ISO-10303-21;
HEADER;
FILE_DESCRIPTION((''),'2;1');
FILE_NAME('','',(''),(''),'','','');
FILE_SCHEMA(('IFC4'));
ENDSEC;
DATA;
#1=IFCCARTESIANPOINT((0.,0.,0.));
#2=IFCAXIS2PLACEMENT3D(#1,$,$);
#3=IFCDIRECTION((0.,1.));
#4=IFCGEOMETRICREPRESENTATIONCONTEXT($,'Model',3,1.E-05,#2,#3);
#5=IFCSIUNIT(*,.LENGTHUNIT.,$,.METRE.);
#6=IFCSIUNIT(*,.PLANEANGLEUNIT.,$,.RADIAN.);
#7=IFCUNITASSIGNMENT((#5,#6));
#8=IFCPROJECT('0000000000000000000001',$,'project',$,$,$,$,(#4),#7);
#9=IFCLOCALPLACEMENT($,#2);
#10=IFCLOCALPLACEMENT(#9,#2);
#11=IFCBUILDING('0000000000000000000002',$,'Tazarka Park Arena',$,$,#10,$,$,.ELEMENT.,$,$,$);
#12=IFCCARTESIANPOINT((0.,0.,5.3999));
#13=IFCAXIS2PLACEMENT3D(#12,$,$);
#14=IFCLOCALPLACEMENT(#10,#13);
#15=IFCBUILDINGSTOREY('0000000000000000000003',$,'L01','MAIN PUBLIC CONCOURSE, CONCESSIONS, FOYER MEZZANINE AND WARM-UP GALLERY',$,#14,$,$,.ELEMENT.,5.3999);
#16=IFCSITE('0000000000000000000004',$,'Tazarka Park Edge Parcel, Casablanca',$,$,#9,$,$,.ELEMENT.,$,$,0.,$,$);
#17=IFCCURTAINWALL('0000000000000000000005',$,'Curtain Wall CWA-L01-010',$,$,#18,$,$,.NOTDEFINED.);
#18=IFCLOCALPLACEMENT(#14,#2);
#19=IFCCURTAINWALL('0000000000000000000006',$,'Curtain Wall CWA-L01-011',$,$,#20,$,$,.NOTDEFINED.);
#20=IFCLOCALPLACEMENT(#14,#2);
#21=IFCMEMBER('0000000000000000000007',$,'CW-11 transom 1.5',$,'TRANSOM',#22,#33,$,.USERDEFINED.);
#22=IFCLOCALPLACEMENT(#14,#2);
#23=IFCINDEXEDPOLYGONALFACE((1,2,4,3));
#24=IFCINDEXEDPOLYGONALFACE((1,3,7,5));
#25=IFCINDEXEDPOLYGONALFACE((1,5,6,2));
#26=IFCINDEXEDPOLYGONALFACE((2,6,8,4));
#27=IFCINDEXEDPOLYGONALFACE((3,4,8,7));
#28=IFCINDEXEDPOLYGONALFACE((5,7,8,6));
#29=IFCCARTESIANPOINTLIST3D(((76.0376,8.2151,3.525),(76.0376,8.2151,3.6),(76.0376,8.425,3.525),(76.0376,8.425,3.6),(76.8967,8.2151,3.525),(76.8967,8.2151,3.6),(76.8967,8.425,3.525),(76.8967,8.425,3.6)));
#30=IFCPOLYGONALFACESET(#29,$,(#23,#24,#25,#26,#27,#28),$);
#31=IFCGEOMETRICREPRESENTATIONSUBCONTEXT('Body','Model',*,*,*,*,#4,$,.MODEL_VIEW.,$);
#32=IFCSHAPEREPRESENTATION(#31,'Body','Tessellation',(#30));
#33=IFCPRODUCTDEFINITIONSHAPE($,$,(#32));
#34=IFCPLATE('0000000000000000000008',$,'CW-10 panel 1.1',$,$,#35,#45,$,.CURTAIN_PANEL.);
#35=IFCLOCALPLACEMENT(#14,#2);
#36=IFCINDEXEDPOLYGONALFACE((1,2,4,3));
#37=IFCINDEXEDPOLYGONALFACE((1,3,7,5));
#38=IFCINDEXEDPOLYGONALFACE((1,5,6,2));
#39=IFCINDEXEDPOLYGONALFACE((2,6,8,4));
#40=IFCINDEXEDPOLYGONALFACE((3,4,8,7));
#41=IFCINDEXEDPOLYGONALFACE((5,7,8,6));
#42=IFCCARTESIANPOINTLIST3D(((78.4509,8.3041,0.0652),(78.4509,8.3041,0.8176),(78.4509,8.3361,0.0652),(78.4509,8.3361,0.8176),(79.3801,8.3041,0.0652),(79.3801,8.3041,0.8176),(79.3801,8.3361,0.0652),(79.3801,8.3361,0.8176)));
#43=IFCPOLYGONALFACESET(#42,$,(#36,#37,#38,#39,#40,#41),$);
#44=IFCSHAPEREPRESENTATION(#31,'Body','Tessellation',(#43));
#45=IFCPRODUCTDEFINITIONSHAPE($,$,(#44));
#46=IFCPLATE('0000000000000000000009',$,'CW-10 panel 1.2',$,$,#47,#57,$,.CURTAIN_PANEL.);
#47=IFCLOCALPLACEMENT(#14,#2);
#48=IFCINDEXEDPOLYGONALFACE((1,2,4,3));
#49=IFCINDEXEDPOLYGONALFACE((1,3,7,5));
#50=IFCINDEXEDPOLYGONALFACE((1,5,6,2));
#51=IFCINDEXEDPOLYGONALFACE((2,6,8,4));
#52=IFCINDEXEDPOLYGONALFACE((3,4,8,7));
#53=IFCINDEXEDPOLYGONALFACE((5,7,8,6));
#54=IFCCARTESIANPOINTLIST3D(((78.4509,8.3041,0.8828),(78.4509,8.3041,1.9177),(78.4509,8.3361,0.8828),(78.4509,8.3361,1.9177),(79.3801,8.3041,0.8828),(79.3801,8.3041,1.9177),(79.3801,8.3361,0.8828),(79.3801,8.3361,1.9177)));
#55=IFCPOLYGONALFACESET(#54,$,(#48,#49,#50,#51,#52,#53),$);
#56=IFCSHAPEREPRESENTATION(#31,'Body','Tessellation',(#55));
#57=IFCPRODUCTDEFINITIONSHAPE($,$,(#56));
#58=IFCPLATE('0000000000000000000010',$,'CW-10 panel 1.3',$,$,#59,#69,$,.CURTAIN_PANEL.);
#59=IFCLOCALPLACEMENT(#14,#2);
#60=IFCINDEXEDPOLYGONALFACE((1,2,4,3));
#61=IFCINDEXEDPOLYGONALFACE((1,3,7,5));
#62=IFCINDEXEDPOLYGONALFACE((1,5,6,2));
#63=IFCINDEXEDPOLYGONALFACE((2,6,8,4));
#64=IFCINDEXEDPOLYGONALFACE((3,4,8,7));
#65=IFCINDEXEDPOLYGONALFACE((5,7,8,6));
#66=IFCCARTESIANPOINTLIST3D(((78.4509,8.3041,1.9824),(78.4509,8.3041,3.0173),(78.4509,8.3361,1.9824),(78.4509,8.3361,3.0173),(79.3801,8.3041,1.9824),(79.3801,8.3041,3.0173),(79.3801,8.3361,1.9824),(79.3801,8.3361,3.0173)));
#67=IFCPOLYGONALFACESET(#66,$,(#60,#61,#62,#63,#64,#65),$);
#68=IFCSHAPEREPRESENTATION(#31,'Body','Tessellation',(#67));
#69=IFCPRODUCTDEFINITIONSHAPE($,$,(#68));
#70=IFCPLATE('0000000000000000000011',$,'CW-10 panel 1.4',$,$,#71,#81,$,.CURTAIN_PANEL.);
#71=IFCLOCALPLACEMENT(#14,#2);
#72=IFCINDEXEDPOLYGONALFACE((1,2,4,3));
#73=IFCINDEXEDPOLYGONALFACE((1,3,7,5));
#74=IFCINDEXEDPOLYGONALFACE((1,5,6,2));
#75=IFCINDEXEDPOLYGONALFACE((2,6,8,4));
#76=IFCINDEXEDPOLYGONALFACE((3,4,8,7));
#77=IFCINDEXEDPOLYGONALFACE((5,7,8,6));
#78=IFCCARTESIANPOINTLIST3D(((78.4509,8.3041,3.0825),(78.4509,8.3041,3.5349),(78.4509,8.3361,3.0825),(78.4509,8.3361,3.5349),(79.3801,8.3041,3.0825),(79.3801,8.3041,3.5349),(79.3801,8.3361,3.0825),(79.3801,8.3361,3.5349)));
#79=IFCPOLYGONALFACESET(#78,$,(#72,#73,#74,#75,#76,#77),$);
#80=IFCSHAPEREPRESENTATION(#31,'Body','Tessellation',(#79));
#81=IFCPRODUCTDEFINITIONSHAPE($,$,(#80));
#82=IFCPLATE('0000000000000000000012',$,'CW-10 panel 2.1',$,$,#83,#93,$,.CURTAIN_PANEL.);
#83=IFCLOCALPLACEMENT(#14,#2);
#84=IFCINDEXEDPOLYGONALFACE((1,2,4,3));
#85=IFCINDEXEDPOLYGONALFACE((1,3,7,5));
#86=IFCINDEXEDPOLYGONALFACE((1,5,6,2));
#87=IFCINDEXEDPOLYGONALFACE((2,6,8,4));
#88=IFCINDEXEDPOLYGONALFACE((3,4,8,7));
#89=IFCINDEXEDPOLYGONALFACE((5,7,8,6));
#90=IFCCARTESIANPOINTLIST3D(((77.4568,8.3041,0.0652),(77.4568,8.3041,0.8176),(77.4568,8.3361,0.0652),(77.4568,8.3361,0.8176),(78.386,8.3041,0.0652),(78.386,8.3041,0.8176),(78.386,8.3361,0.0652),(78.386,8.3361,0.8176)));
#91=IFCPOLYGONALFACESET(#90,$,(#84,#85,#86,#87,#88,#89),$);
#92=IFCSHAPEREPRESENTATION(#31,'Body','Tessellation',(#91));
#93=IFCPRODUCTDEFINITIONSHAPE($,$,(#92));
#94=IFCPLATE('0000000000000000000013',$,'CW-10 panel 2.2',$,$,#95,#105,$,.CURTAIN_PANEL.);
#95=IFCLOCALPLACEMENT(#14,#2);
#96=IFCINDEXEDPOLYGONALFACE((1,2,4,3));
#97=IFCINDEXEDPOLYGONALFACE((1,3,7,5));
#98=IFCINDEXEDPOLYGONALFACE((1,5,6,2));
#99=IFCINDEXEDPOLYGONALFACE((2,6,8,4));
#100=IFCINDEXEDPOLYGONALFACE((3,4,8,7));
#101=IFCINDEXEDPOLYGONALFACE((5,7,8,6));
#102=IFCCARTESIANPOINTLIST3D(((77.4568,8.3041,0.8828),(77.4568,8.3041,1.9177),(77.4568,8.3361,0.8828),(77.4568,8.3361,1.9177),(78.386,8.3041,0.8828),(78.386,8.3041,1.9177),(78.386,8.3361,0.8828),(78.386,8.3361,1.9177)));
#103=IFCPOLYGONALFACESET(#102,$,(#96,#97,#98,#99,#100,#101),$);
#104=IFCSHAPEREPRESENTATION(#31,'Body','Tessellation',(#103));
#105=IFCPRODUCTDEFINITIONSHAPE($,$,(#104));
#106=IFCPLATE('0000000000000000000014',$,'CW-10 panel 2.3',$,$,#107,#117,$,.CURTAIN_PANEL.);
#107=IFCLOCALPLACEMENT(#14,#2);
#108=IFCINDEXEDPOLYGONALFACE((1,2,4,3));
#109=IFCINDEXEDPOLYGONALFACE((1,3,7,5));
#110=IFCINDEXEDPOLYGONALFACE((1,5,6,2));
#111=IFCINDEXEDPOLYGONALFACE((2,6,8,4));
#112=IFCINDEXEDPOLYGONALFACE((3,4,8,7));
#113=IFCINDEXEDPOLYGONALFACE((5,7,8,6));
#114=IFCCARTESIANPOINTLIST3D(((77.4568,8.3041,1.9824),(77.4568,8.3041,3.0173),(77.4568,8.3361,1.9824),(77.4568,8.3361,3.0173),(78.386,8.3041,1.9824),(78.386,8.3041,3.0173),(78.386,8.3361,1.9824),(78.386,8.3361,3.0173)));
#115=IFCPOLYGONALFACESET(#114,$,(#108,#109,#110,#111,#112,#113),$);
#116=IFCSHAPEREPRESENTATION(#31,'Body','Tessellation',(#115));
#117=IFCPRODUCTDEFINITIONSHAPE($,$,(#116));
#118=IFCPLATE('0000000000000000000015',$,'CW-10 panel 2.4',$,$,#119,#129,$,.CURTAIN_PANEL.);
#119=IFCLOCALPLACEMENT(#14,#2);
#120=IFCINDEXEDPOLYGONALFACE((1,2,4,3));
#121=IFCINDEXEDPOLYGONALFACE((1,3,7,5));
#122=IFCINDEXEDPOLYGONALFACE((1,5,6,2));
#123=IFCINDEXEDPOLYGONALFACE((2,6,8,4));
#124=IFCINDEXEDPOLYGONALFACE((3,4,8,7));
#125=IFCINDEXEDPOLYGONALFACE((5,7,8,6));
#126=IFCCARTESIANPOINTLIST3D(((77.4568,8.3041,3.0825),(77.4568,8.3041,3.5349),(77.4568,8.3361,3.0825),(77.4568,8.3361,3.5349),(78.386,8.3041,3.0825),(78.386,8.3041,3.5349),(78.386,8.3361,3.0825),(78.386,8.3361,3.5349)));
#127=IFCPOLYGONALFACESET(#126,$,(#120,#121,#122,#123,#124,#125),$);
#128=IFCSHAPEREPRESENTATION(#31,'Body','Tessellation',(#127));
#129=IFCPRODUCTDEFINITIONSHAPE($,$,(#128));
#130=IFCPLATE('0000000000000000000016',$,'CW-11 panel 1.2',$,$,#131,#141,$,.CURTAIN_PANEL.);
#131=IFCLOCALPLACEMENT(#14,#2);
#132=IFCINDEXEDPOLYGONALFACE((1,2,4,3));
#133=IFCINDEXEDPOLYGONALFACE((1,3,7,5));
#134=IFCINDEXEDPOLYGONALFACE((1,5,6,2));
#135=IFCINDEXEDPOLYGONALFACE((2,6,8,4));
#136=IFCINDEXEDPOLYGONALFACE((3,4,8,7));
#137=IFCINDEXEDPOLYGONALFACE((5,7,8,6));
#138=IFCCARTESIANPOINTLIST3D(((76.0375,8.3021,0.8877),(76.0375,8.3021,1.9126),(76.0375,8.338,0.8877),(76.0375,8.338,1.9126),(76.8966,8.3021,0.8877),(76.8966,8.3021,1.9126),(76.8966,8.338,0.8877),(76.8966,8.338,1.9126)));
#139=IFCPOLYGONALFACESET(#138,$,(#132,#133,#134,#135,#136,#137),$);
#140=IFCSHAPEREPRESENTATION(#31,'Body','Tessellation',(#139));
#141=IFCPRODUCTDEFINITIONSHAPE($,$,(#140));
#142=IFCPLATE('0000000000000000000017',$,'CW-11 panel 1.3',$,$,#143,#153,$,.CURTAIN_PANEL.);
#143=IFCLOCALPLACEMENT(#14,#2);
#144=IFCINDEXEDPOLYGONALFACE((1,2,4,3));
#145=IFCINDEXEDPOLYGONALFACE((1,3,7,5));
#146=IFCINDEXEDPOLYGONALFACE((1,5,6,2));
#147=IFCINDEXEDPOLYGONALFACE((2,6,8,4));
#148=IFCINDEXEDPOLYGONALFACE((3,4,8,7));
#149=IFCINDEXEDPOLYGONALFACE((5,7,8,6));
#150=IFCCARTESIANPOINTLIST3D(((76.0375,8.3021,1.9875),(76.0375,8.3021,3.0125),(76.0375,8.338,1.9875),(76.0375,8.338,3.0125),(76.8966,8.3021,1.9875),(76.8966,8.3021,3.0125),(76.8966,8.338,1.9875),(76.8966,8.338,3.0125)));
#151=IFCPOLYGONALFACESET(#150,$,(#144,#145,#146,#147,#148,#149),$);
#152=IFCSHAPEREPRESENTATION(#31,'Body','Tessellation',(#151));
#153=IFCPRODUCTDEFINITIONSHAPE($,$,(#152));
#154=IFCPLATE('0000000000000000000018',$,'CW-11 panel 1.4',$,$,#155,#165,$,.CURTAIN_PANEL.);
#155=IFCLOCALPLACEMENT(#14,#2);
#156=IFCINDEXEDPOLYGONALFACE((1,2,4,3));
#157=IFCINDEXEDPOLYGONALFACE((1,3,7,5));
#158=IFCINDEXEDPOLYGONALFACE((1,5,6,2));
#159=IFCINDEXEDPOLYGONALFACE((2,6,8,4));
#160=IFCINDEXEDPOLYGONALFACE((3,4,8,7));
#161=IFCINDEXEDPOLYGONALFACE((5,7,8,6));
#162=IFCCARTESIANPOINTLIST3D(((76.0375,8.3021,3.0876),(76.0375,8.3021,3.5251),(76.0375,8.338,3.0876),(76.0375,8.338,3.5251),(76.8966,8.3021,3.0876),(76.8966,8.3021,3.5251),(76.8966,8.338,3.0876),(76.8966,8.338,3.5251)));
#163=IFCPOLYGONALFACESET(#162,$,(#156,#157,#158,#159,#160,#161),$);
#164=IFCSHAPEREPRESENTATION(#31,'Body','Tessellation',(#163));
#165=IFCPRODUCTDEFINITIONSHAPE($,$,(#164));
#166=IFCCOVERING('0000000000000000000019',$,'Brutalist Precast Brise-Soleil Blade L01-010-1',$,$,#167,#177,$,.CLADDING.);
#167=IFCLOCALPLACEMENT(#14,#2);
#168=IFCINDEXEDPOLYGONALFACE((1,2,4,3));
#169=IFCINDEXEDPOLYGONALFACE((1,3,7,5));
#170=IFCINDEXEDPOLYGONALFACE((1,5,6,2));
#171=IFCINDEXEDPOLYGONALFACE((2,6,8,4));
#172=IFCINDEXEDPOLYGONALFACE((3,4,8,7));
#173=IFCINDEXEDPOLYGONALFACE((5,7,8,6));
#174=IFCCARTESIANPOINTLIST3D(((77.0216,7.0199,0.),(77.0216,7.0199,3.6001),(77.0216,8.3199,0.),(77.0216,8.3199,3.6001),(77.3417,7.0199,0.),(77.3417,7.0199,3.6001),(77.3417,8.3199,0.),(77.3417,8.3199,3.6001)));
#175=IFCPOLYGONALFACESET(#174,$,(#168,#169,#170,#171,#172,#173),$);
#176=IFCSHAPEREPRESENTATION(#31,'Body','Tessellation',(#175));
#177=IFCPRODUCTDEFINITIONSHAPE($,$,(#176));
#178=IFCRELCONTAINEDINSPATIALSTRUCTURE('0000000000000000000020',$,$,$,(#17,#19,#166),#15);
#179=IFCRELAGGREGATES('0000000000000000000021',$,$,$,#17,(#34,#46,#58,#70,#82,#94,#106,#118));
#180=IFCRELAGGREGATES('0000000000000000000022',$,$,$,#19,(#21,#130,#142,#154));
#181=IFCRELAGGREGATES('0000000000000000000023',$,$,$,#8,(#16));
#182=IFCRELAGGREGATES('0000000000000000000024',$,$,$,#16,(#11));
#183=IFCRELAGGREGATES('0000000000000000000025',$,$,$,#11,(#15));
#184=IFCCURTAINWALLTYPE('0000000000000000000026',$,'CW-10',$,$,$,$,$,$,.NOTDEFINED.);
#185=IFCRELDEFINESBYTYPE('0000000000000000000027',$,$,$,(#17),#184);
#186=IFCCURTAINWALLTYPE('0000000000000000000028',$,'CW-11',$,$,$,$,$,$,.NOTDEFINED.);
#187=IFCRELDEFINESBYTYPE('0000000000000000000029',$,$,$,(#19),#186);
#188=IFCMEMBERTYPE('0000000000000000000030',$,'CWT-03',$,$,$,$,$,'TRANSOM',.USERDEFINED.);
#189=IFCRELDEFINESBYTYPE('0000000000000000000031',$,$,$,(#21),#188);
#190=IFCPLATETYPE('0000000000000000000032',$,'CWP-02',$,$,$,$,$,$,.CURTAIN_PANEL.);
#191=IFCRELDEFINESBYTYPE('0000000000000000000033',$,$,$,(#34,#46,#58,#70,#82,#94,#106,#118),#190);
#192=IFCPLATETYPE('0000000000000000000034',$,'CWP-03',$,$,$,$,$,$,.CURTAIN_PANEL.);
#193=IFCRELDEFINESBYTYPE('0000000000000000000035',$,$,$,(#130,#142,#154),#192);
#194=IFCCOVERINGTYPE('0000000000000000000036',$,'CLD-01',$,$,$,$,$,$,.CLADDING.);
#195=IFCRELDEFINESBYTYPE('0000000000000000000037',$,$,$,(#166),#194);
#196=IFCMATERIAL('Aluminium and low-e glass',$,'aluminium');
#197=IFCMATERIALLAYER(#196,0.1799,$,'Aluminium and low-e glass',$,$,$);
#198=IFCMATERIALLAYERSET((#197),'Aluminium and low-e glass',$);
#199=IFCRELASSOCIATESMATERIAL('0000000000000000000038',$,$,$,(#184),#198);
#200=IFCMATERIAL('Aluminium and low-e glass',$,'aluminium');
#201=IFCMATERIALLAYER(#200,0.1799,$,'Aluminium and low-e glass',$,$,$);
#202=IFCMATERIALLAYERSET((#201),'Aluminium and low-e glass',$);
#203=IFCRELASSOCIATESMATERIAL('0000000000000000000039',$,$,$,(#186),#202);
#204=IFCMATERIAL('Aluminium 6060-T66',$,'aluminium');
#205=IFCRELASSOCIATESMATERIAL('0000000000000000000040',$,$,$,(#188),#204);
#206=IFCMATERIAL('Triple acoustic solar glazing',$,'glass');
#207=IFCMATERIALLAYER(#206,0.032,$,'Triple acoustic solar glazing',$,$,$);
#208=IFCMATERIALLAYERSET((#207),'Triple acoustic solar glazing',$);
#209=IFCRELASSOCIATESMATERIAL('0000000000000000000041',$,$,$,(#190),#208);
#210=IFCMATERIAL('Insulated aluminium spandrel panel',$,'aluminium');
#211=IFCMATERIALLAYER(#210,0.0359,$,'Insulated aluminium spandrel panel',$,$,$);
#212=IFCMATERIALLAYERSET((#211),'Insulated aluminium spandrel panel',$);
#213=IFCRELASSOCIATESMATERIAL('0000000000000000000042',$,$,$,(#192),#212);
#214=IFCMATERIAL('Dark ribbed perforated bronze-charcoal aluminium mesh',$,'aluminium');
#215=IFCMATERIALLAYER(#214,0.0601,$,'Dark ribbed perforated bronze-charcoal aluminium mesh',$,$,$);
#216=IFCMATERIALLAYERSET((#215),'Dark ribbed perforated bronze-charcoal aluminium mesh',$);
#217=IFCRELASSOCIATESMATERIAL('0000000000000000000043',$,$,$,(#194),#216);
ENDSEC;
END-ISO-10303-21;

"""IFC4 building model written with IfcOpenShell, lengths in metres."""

from ifc_helpers import new_model, si_unit, direction, frame, origin, origin_2d, place, context, subcontext, project, spatial, rectangle, extrude, material, layer, layer_set, material_profile, profile_set, type_object, element, aggregate, save


model = new_model("IFC4")

# Units and contexts
model_context = context("Model", 3, precision=1e-05, world=origin(), true_north=direction((0.0, 1.0)))
body_context = subcontext(model_context, "Body", "Model", "MODEL_VIEW")
ifc_project = project(units=[si_unit("LENGTHUNIT", "METRE"), si_unit("PLANEANGLEUNIT", "RADIAN")], contexts=[model_context])

# Site, building, storey
site_placement = place(None, origin())
site = spatial("IfcSite", under=ifc_project, at=site_placement, Name="Tazarka Park Edge Parcel, Casablanca", CompositionType="ELEMENT", RefElevation=0.0)
building_placement = place(site_placement, origin())
building = spatial("IfcBuilding", under=site, at=building_placement, Name="Tazarka Park Arena", CompositionType="ELEMENT")
storey_placement = place(building_placement, frame((0.0, 0.0, 5.3999)))
storey = spatial("IfcBuildingStorey", under=building, at=storey_placement, Name="L01", Description="MAIN PUBLIC CONCOURSE, CONCESSIONS, FOYER MEZZANINE AND WARM-UP GALLERY", CompositionType="ELEMENT", Elevation=5.3999)

# Curtain wall
ifc_material_1 = material(Name="Aluminium and low-e glass", Category="aluminium")
ifc_layer_1 = layer(ifc_material_1, 0.1799, Name="Aluminium and low-e glass")
ifc_layer_set_1 = layer_set([ifc_layer_1], Name="Aluminium and low-e glass")
curtain_wall_type_1 = type_object("IfcCurtainWallType", Name="CW-10", PredefinedType="NOTDEFINED", material=ifc_layer_set_1)
curtain_wall_1_placement = place(storey_placement, origin())
curtain_wall_1 = element("IfcCurtainWall", 1, at=curtain_wall_1_placement, inside=storey, type_object=curtain_wall_type_1, Name="Curtain Wall CWA-L01-010", PredefinedType="NOTDEFINED")

# Curtain wall
ifc_material_2 = material(Name="Aluminium and low-e glass", Category="aluminium")
ifc_layer_2 = layer(ifc_material_2, 0.1799, Name="Aluminium and low-e glass")
ifc_layer_set_2 = layer_set([ifc_layer_2], Name="Aluminium and low-e glass")
curtain_wall_type_2 = type_object("IfcCurtainWallType", Name="CW-11", PredefinedType="NOTDEFINED", material=ifc_layer_set_2)
curtain_wall_2_placement = place(storey_placement, origin())
curtain_wall_2 = element("IfcCurtainWall", 2, at=curtain_wall_2_placement, inside=storey, type_object=curtain_wall_type_2, Name="Curtain Wall CWA-L01-011", PredefinedType="NOTDEFINED")

# Member
ifc_material_3 = material(Name="Aluminium 6060-T66", Category="aluminium")
ifc_material_profile_1 = material_profile(ifc_material_3, rectangle(XDim=0.21, YDim=0.075, at=origin_2d()), Name="Aluminium 6060-T66")
ifc_profile_set_1 = profile_set([ifc_material_profile_1], Name="Aluminium 6060-T66")
member_type_1 = type_object("IfcMemberType", Name="CWT-03", ElementType="TRANSOM", PredefinedType="USERDEFINED", material=ifc_profile_set_1)
member_1_placement = place(storey_placement, frame((76.8967, 8.3201, 3.5625), z_axis=(-1.0, 0.0, 0.0), x_axis=(0.0, -1.0, 0.0)))
member_1 = element("IfcMember", 3, at=member_1_placement, type_object=member_type_1, Name="CW-11 transom 1.5", ObjectType="TRANSOM", PredefinedType="USERDEFINED", context=body_context, shape_type="SweptSolid", body=[
    extrude(rectangle(XDim=0.21, YDim=0.075, at=origin_2d()), origin(), (0.0, 0.0, 1.0), 0.8591),
])

# Plates
ifc_material_4 = material(Name="Triple acoustic solar glazing", Category="glass")
ifc_layer_3 = layer(ifc_material_4, 0.032, Name="Triple acoustic solar glazing")
ifc_layer_set_3 = layer_set([ifc_layer_3], Name="Triple acoustic solar glazing")
plate_type_1 = type_object("IfcPlateType", Name="CWP-02", PredefinedType="CURTAIN_PANEL", material=ifc_layer_set_3)
plate_1_placement = place(storey_placement, frame((78.9155, 8.3201, 0.0652), z_axis=(0.0, 0.0, 1.0), x_axis=(-1.0, 0.0, 0.0)))
plate_1 = element("IfcPlate", 4, at=plate_1_placement, type_object=plate_type_1, Name="CW-10 panel 1.1", PredefinedType="CURTAIN_PANEL", context=body_context, shape_type="SweptSolid", body=[
    extrude(rectangle(XDim=0.9292, YDim=0.032, at=origin_2d()), origin(), (0.0, 0.0, 1.0), 0.7524),
])
plate_2_placement = place(storey_placement, frame((78.9155, 8.3201, 0.8828), z_axis=(0.0, 0.0, 1.0), x_axis=(-1.0, 0.0, 0.0)))
plate_2 = element("IfcPlate", 5, at=plate_2_placement, type_object=plate_type_1, Name="CW-10 panel 1.2", PredefinedType="CURTAIN_PANEL", context=body_context, shape_type="SweptSolid", body=[
    extrude(rectangle(XDim=0.9292, YDim=0.032, at=origin_2d()), origin(), (0.0, 0.0, 1.0), 1.0349),
])
plate_3_placement = place(storey_placement, frame((78.9155, 8.3201, 1.9824), z_axis=(0.0, 0.0, 1.0), x_axis=(-1.0, 0.0, 0.0)))
plate_3 = element("IfcPlate", 6, at=plate_3_placement, type_object=plate_type_1, Name="CW-10 panel 1.3", PredefinedType="CURTAIN_PANEL", context=body_context, shape_type="SweptSolid", body=[
    extrude(rectangle(XDim=0.9292, YDim=0.032, at=origin_2d()), origin(), (0.0, 0.0, 1.0), 1.0349),
])
plate_4_placement = place(storey_placement, frame((78.9155, 8.3201, 3.0825), z_axis=(0.0, 0.0, 1.0), x_axis=(-1.0, 0.0, 0.0)))
plate_4 = element("IfcPlate", 7, at=plate_4_placement, type_object=plate_type_1, Name="CW-10 panel 1.4", PredefinedType="CURTAIN_PANEL", context=body_context, shape_type="SweptSolid", body=[
    extrude(rectangle(XDim=0.9292, YDim=0.032, at=origin_2d()), origin(), (0.0, 0.0, 1.0), 0.4524),
])
plate_5_placement = place(storey_placement, frame((77.9214, 8.3201, 0.0652), z_axis=(0.0, 0.0, 1.0), x_axis=(-1.0, 0.0, 0.0)))
plate_5 = element("IfcPlate", 8, at=plate_5_placement, type_object=plate_type_1, Name="CW-10 panel 2.1", PredefinedType="CURTAIN_PANEL", context=body_context, shape_type="SweptSolid", body=[
    extrude(rectangle(XDim=0.9292, YDim=0.032, at=origin_2d()), origin(), (0.0, 0.0, 1.0), 0.7524),
])
plate_6_placement = place(storey_placement, frame((77.9214, 8.3201, 0.8828), z_axis=(0.0, 0.0, 1.0), x_axis=(-1.0, 0.0, 0.0)))
plate_6 = element("IfcPlate", 9, at=plate_6_placement, type_object=plate_type_1, Name="CW-10 panel 2.2", PredefinedType="CURTAIN_PANEL", context=body_context, shape_type="SweptSolid", body=[
    extrude(rectangle(XDim=0.9292, YDim=0.032, at=origin_2d()), origin(), (0.0, 0.0, 1.0), 1.0349),
])
plate_7_placement = place(storey_placement, frame((77.9214, 8.3201, 1.9824), z_axis=(0.0, 0.0, 1.0), x_axis=(-1.0, 0.0, 0.0)))
plate_7 = element("IfcPlate", 10, at=plate_7_placement, type_object=plate_type_1, Name="CW-10 panel 2.3", PredefinedType="CURTAIN_PANEL", context=body_context, shape_type="SweptSolid", body=[
    extrude(rectangle(XDim=0.9292, YDim=0.032, at=origin_2d()), origin(), (0.0, 0.0, 1.0), 1.0349),
])
plate_8_placement = place(storey_placement, frame((77.9214, 8.3201, 3.0825), z_axis=(0.0, 0.0, 1.0), x_axis=(-1.0, 0.0, 0.0)))
plate_8 = element("IfcPlate", 11, at=plate_8_placement, type_object=plate_type_1, Name="CW-10 panel 2.4", PredefinedType="CURTAIN_PANEL", context=body_context, shape_type="SweptSolid", body=[
    extrude(rectangle(XDim=0.9292, YDim=0.032, at=origin_2d()), origin(), (0.0, 0.0, 1.0), 0.4524),
])
aggregate(curtain_wall_1, [plate_1, plate_2, plate_3, plate_4, plate_5, plate_6, plate_7, plate_8])
ifc_material_5 = material(Name="Insulated aluminium spandrel panel", Category="aluminium")
ifc_layer_4 = layer(ifc_material_5, 0.0359, Name="Insulated aluminium spandrel panel")
ifc_layer_set_4 = layer_set([ifc_layer_4], Name="Insulated aluminium spandrel panel")
plate_type_2 = type_object("IfcPlateType", Name="CWP-03", PredefinedType="CURTAIN_PANEL", material=ifc_layer_set_4)
plate_9_placement = place(storey_placement, frame((76.467, 8.3201, 0.8877), z_axis=(0.0, 0.0, 1.0), x_axis=(-1.0, 0.0, 0.0)))
plate_9 = element("IfcPlate", 12, at=plate_9_placement, type_object=plate_type_2, Name="CW-11 panel 1.2", PredefinedType="CURTAIN_PANEL", context=body_context, shape_type="SweptSolid", body=[
    extrude(rectangle(XDim=0.8591, YDim=0.0359, at=origin_2d()), origin(), (0.0, 0.0, 1.0), 1.0249),
])
plate_10_placement = place(storey_placement, frame((76.467, 8.3201, 1.9875), z_axis=(0.0, 0.0, 1.0), x_axis=(-1.0, 0.0, 0.0)))
plate_10 = element("IfcPlate", 13, at=plate_10_placement, type_object=plate_type_2, Name="CW-11 panel 1.3", PredefinedType="CURTAIN_PANEL", context=body_context, shape_type="SweptSolid", body=[
    extrude(rectangle(XDim=0.8591, YDim=0.0359, at=origin_2d()), origin(), (0.0, 0.0, 1.0), 1.0249),
])
plate_11_placement = place(storey_placement, frame((76.467, 8.3201, 3.0876), z_axis=(0.0, 0.0, 1.0), x_axis=(-1.0, 0.0, 0.0)))
plate_11 = element("IfcPlate", 14, at=plate_11_placement, type_object=plate_type_2, Name="CW-11 panel 1.4", PredefinedType="CURTAIN_PANEL", context=body_context, shape_type="SweptSolid", body=[
    extrude(rectangle(XDim=0.8591, YDim=0.0359, at=origin_2d()), origin(), (0.0, 0.0, 1.0), 0.4375),
])
aggregate(curtain_wall_2, [member_1, plate_9, plate_10, plate_11])

# Covering
ifc_material_6 = material(Name="Dark ribbed perforated bronze-charcoal aluminium mesh", Category="aluminium")
ifc_layer_5 = layer(ifc_material_6, 0.0601, Name="Dark ribbed perforated bronze-charcoal aluminium mesh")
ifc_layer_set_5 = layer_set([ifc_layer_5], Name="Dark ribbed perforated bronze-charcoal aluminium mesh")
covering_type = type_object("IfcCoveringType", Name="CLD-01", PredefinedType="CLADDING", material=ifc_layer_set_5)
covering_placement = place(storey_placement, frame((77.1816, 7.6699, 0.0), z_axis=(0.0, 0.0, 1.0), x_axis=(-1.0, 0.0, 0.0)))
element("IfcCovering", 15, at=covering_placement, inside=storey, type_object=covering_type, Name="Brutalist Precast Brise-Soleil Blade L01-010-1", PredefinedType="CLADDING", context=body_context, shape_type="SweptSolid", body=[
    extrude(rectangle(XDim=0.3201, YDim=1.3, at=origin_2d()), origin(), (0.0, 0.0, 1.0), 3.6001),
])

save(model, "model.ifc")
